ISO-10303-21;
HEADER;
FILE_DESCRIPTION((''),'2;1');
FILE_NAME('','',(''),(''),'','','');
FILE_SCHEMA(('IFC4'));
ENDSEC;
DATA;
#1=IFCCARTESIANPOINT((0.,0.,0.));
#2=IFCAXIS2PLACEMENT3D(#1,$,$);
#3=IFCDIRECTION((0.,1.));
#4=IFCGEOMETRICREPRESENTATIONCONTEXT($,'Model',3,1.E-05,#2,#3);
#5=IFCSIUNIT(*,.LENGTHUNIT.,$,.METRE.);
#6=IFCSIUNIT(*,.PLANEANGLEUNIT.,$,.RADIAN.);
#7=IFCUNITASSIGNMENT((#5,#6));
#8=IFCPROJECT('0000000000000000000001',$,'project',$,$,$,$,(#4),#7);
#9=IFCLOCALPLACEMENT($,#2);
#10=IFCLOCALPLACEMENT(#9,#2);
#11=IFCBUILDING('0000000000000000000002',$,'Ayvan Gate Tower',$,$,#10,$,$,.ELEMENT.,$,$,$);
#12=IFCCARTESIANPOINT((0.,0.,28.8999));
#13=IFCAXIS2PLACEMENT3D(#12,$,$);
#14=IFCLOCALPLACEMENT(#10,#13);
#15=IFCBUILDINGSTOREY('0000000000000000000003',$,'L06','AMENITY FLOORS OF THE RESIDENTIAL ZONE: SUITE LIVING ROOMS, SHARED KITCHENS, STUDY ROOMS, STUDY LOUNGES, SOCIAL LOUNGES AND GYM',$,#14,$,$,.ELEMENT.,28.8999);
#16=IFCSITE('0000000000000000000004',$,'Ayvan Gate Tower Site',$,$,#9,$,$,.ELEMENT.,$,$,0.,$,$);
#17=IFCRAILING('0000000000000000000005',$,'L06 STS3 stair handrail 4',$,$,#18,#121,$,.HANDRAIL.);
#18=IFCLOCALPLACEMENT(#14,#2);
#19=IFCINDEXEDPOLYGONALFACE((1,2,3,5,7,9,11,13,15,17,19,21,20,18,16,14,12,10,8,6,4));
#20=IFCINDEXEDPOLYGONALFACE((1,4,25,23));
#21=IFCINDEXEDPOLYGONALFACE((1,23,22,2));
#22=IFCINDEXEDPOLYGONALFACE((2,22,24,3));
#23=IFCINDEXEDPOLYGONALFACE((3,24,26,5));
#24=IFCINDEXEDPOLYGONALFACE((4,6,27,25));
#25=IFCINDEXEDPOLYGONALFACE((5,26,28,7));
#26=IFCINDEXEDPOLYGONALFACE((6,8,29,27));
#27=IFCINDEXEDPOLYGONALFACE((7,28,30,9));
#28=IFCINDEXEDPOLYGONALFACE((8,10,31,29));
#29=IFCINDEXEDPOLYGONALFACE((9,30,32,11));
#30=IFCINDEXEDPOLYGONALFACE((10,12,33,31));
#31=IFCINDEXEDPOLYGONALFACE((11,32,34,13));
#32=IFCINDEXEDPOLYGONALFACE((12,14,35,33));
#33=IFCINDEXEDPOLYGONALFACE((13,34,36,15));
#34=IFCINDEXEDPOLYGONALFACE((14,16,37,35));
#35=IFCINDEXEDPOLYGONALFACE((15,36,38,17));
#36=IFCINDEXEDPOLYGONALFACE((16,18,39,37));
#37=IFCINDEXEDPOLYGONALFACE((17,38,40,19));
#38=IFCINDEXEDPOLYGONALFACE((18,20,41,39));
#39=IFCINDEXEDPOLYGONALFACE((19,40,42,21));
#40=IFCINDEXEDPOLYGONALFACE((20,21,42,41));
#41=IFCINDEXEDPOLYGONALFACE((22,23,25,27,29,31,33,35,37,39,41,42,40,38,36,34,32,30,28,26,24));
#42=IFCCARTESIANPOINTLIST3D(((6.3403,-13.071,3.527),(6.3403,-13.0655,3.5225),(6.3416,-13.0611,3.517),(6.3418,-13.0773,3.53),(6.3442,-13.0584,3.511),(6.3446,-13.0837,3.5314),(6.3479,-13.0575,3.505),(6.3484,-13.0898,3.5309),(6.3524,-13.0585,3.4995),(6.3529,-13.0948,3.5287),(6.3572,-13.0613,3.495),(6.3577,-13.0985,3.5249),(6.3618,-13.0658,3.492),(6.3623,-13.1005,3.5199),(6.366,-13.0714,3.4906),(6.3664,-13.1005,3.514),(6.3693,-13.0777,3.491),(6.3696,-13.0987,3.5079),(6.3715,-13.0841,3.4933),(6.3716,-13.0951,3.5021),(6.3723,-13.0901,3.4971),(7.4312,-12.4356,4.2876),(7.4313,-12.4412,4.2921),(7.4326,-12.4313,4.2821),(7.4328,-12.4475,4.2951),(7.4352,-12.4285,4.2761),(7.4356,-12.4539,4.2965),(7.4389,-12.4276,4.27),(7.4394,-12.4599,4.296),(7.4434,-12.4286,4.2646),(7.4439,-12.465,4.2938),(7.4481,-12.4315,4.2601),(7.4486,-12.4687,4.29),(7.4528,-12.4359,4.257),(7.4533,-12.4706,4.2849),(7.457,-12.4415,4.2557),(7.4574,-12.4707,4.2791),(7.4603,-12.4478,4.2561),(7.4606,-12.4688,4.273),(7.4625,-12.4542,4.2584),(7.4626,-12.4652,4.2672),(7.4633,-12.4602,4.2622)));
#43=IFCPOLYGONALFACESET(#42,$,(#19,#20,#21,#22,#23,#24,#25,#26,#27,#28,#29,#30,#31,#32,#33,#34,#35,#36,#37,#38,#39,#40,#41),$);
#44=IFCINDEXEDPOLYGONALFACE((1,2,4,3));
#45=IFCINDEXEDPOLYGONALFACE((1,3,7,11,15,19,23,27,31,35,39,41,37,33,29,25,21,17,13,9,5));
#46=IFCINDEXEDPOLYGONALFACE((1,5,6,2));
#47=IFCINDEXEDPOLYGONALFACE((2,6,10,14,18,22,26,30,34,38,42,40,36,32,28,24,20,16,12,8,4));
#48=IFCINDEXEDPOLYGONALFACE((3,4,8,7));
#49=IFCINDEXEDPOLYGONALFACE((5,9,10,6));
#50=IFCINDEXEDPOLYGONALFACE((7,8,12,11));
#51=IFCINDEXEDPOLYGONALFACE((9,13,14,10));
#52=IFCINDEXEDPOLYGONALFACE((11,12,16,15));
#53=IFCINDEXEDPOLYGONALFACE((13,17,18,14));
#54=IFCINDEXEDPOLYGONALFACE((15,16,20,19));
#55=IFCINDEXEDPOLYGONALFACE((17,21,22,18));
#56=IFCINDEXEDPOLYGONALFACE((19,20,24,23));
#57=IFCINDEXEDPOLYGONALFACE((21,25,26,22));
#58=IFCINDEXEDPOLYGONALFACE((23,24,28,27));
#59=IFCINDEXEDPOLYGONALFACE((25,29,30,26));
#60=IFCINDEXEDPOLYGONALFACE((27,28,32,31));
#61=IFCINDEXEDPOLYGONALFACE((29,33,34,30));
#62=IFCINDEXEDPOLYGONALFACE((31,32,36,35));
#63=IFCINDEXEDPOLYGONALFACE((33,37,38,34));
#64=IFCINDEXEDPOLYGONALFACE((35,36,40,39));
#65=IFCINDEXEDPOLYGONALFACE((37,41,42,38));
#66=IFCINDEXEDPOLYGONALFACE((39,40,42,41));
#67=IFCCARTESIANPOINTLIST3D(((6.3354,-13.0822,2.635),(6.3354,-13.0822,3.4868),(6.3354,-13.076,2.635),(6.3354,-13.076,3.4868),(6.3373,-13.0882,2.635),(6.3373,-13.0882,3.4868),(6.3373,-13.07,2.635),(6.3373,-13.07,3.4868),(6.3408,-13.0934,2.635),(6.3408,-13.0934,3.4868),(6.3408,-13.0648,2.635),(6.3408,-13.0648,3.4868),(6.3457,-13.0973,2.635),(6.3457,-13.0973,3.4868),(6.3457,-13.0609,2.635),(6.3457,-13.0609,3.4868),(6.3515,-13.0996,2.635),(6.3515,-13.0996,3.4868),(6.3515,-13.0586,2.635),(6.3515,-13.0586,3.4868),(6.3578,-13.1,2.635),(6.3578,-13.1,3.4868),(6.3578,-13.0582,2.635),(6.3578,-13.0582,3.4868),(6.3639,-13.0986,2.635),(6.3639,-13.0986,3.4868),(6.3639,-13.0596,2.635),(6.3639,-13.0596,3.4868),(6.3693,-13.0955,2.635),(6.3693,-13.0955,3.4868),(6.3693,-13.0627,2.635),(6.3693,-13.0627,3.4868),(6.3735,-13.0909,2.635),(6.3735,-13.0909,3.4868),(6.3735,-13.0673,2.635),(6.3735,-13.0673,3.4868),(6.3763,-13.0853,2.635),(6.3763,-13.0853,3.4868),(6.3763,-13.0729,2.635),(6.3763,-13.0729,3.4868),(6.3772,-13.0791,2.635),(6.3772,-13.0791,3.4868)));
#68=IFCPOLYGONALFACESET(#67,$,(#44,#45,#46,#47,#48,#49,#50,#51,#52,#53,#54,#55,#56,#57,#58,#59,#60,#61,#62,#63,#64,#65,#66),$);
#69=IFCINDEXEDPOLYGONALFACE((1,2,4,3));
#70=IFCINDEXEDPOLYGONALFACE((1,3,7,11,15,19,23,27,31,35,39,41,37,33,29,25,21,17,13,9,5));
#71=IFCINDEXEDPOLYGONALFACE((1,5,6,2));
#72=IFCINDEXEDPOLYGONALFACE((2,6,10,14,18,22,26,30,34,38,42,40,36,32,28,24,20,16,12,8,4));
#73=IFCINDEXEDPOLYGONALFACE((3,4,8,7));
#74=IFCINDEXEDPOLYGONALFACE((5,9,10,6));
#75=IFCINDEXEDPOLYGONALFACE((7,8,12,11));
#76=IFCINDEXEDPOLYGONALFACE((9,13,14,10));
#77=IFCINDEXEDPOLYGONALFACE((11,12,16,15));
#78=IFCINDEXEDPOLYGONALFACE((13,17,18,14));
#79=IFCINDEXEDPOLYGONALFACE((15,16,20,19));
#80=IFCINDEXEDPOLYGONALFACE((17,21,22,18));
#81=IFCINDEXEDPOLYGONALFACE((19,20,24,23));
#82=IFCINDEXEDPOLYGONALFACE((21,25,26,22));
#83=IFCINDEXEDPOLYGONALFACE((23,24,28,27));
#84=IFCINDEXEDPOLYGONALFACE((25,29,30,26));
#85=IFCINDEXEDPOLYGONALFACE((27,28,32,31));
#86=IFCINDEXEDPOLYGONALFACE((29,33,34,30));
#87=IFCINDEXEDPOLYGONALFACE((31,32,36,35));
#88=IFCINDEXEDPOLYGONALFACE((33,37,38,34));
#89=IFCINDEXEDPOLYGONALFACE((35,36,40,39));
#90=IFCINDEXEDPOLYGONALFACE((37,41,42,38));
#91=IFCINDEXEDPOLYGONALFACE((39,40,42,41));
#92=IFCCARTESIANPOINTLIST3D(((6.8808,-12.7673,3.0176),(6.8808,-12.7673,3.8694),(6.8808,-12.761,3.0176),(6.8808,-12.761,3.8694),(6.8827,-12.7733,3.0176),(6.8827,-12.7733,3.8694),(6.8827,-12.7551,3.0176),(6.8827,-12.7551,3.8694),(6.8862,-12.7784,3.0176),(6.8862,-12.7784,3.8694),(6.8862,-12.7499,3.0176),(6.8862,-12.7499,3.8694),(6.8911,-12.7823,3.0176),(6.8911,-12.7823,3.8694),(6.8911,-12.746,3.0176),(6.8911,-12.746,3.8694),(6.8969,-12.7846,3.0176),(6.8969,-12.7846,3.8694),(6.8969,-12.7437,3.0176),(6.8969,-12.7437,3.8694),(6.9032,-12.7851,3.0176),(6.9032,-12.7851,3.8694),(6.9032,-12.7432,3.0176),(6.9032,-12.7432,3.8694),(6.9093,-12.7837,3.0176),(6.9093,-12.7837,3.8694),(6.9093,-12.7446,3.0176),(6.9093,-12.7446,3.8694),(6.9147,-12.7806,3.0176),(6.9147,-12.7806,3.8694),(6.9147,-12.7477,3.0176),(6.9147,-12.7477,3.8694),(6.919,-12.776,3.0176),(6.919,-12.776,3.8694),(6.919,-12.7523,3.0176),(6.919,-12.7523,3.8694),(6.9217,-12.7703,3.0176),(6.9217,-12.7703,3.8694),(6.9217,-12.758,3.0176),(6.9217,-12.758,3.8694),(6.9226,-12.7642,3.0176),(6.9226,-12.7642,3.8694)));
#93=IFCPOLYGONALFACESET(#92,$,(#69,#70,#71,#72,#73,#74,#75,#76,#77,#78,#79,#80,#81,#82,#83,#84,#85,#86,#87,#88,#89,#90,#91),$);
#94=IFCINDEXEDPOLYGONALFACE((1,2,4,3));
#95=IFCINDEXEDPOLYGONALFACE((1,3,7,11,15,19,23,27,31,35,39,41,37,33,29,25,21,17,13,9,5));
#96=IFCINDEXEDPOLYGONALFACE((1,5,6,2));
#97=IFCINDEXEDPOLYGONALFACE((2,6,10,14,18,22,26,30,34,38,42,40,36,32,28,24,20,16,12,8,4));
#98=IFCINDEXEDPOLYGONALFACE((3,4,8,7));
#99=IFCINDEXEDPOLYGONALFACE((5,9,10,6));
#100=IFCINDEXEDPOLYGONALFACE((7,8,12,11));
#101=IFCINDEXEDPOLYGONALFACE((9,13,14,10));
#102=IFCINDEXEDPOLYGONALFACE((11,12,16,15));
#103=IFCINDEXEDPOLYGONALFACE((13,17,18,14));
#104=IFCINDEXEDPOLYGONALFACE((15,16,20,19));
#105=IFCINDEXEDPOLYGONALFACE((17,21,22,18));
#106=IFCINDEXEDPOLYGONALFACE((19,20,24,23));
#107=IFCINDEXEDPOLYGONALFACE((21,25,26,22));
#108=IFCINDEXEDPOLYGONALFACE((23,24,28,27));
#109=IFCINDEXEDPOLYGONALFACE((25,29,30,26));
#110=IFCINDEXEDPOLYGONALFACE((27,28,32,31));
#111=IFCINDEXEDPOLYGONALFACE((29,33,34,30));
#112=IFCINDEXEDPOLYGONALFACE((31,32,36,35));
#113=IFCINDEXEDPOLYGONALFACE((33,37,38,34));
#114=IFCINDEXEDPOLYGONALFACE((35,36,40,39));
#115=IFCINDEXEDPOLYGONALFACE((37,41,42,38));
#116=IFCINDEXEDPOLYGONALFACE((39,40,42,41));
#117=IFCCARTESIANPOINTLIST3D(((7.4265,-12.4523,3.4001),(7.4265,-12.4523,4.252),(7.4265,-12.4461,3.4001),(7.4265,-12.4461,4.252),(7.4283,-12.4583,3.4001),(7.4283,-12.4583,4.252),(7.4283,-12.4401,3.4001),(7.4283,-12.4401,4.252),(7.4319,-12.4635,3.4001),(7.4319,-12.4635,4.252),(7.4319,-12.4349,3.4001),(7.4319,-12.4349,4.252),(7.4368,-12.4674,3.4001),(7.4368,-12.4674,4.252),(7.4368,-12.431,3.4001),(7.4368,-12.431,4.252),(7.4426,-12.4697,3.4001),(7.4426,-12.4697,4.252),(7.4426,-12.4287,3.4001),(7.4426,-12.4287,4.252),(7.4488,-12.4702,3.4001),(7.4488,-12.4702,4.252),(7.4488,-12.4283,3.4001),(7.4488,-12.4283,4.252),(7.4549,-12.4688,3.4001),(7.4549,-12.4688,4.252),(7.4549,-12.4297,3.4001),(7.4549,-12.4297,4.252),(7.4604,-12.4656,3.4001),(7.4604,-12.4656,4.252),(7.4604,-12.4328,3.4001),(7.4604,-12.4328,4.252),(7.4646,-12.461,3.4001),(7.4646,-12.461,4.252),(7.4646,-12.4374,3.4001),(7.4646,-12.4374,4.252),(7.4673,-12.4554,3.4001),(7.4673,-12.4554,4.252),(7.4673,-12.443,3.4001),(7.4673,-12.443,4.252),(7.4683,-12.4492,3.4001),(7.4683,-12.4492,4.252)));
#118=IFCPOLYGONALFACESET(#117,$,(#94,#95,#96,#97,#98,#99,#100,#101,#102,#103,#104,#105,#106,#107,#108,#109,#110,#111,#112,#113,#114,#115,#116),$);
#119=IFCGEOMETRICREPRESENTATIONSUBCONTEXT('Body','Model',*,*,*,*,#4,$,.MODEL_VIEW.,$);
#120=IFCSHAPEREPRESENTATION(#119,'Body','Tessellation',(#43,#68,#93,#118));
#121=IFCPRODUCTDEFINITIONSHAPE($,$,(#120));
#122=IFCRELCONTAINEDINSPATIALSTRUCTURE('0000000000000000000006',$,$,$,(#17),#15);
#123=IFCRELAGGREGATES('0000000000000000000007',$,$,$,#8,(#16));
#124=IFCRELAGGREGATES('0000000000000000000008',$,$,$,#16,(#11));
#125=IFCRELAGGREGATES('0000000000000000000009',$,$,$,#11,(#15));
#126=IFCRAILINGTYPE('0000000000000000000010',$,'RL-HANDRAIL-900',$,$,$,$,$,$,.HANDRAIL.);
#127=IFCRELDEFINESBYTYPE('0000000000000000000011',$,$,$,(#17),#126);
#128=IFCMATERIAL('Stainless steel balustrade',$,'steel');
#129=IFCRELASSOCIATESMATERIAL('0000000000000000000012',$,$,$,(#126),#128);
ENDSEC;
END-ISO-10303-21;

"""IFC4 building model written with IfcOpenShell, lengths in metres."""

from ifc_helpers import new_model, si_unit, direction, frame, origin, origin_2d, place, context, subcontext, project, spatial, circle, extrude, material, type_object, element, save


model = new_model("IFC4")

# Units and contexts
model_context = context("Model", 3, precision=1e-05, world=origin(), true_north=direction((0.0, 1.0)))
body_context = subcontext(model_context, "Body", "Model", "MODEL_VIEW")
ifc_project = project(units=[si_unit("LENGTHUNIT", "METRE"), si_unit("PLANEANGLEUNIT", "RADIAN")], contexts=[model_context])

# Site, building, storey
site_placement = place(None, origin())
site = spatial("IfcSite", under=ifc_project, at=site_placement, Name="Ayvan Gate Tower Site", CompositionType="ELEMENT", RefElevation=0.0)
building_placement = place(site_placement, origin())
building = spatial("IfcBuilding", under=site, at=building_placement, Name="Ayvan Gate Tower", CompositionType="ELEMENT")
storey_placement = place(building_placement, frame((0.0, 0.0, 28.8999)))
storey = spatial("IfcBuildingStorey", under=building, at=storey_placement, Name="L06", Description="AMENITY FLOORS OF THE RESIDENTIAL ZONE: SUITE LIVING ROOMS, SHARED KITCHENS, STUDY ROOMS, STUDY LOUNGES, SOCIAL LOUNGES AND GYM", CompositionType="ELEMENT", Elevation=28.8999)

# Railing
ifc_material_1 = material(Name="Stainless steel balustrade", Category="steel")
railing_type_1 = type_object("IfcRailingType", Name="RL-HANDRAIL-900", PredefinedType="HANDRAIL", material=ifc_material_1)
railing_1_placement = place(storey_placement, frame((6.3562, -13.0791, 2.635)))
element("IfcRailing", 1, at=railing_1_placement, inside=storey, type_object=railing_type_1, Name="L06 STS3 stair handrail 4", PredefinedType="HANDRAIL", context=body_context, shape_type="SweptSolid", body=[
    extrude(circle(Radius=0.0239, at=origin_2d()), frame((0.0, 0.0, 0.876), z_axis=(0.740218, 0.427336, 0.519097), x_axis=(-0.499974, 0.86604, 0.0)), (0.0, 0.0, 1.0), 1.4739),
    extrude(circle(Radius=0.021, at=origin_2d()), origin(), (0.0, 0.0, 1.0), 0.8518),
    extrude(circle(Radius=0.021, at=origin_2d()), frame((0.5454, 0.3149, 0.3826)), (0.0, 0.0, 1.0), 0.8518),
    extrude(circle(Radius=0.021, at=origin_2d()), frame((1.0911, 0.6299, 0.7651)), (0.0, 0.0, 1.0), 0.8518),
])

save(model, "model.ifc")
